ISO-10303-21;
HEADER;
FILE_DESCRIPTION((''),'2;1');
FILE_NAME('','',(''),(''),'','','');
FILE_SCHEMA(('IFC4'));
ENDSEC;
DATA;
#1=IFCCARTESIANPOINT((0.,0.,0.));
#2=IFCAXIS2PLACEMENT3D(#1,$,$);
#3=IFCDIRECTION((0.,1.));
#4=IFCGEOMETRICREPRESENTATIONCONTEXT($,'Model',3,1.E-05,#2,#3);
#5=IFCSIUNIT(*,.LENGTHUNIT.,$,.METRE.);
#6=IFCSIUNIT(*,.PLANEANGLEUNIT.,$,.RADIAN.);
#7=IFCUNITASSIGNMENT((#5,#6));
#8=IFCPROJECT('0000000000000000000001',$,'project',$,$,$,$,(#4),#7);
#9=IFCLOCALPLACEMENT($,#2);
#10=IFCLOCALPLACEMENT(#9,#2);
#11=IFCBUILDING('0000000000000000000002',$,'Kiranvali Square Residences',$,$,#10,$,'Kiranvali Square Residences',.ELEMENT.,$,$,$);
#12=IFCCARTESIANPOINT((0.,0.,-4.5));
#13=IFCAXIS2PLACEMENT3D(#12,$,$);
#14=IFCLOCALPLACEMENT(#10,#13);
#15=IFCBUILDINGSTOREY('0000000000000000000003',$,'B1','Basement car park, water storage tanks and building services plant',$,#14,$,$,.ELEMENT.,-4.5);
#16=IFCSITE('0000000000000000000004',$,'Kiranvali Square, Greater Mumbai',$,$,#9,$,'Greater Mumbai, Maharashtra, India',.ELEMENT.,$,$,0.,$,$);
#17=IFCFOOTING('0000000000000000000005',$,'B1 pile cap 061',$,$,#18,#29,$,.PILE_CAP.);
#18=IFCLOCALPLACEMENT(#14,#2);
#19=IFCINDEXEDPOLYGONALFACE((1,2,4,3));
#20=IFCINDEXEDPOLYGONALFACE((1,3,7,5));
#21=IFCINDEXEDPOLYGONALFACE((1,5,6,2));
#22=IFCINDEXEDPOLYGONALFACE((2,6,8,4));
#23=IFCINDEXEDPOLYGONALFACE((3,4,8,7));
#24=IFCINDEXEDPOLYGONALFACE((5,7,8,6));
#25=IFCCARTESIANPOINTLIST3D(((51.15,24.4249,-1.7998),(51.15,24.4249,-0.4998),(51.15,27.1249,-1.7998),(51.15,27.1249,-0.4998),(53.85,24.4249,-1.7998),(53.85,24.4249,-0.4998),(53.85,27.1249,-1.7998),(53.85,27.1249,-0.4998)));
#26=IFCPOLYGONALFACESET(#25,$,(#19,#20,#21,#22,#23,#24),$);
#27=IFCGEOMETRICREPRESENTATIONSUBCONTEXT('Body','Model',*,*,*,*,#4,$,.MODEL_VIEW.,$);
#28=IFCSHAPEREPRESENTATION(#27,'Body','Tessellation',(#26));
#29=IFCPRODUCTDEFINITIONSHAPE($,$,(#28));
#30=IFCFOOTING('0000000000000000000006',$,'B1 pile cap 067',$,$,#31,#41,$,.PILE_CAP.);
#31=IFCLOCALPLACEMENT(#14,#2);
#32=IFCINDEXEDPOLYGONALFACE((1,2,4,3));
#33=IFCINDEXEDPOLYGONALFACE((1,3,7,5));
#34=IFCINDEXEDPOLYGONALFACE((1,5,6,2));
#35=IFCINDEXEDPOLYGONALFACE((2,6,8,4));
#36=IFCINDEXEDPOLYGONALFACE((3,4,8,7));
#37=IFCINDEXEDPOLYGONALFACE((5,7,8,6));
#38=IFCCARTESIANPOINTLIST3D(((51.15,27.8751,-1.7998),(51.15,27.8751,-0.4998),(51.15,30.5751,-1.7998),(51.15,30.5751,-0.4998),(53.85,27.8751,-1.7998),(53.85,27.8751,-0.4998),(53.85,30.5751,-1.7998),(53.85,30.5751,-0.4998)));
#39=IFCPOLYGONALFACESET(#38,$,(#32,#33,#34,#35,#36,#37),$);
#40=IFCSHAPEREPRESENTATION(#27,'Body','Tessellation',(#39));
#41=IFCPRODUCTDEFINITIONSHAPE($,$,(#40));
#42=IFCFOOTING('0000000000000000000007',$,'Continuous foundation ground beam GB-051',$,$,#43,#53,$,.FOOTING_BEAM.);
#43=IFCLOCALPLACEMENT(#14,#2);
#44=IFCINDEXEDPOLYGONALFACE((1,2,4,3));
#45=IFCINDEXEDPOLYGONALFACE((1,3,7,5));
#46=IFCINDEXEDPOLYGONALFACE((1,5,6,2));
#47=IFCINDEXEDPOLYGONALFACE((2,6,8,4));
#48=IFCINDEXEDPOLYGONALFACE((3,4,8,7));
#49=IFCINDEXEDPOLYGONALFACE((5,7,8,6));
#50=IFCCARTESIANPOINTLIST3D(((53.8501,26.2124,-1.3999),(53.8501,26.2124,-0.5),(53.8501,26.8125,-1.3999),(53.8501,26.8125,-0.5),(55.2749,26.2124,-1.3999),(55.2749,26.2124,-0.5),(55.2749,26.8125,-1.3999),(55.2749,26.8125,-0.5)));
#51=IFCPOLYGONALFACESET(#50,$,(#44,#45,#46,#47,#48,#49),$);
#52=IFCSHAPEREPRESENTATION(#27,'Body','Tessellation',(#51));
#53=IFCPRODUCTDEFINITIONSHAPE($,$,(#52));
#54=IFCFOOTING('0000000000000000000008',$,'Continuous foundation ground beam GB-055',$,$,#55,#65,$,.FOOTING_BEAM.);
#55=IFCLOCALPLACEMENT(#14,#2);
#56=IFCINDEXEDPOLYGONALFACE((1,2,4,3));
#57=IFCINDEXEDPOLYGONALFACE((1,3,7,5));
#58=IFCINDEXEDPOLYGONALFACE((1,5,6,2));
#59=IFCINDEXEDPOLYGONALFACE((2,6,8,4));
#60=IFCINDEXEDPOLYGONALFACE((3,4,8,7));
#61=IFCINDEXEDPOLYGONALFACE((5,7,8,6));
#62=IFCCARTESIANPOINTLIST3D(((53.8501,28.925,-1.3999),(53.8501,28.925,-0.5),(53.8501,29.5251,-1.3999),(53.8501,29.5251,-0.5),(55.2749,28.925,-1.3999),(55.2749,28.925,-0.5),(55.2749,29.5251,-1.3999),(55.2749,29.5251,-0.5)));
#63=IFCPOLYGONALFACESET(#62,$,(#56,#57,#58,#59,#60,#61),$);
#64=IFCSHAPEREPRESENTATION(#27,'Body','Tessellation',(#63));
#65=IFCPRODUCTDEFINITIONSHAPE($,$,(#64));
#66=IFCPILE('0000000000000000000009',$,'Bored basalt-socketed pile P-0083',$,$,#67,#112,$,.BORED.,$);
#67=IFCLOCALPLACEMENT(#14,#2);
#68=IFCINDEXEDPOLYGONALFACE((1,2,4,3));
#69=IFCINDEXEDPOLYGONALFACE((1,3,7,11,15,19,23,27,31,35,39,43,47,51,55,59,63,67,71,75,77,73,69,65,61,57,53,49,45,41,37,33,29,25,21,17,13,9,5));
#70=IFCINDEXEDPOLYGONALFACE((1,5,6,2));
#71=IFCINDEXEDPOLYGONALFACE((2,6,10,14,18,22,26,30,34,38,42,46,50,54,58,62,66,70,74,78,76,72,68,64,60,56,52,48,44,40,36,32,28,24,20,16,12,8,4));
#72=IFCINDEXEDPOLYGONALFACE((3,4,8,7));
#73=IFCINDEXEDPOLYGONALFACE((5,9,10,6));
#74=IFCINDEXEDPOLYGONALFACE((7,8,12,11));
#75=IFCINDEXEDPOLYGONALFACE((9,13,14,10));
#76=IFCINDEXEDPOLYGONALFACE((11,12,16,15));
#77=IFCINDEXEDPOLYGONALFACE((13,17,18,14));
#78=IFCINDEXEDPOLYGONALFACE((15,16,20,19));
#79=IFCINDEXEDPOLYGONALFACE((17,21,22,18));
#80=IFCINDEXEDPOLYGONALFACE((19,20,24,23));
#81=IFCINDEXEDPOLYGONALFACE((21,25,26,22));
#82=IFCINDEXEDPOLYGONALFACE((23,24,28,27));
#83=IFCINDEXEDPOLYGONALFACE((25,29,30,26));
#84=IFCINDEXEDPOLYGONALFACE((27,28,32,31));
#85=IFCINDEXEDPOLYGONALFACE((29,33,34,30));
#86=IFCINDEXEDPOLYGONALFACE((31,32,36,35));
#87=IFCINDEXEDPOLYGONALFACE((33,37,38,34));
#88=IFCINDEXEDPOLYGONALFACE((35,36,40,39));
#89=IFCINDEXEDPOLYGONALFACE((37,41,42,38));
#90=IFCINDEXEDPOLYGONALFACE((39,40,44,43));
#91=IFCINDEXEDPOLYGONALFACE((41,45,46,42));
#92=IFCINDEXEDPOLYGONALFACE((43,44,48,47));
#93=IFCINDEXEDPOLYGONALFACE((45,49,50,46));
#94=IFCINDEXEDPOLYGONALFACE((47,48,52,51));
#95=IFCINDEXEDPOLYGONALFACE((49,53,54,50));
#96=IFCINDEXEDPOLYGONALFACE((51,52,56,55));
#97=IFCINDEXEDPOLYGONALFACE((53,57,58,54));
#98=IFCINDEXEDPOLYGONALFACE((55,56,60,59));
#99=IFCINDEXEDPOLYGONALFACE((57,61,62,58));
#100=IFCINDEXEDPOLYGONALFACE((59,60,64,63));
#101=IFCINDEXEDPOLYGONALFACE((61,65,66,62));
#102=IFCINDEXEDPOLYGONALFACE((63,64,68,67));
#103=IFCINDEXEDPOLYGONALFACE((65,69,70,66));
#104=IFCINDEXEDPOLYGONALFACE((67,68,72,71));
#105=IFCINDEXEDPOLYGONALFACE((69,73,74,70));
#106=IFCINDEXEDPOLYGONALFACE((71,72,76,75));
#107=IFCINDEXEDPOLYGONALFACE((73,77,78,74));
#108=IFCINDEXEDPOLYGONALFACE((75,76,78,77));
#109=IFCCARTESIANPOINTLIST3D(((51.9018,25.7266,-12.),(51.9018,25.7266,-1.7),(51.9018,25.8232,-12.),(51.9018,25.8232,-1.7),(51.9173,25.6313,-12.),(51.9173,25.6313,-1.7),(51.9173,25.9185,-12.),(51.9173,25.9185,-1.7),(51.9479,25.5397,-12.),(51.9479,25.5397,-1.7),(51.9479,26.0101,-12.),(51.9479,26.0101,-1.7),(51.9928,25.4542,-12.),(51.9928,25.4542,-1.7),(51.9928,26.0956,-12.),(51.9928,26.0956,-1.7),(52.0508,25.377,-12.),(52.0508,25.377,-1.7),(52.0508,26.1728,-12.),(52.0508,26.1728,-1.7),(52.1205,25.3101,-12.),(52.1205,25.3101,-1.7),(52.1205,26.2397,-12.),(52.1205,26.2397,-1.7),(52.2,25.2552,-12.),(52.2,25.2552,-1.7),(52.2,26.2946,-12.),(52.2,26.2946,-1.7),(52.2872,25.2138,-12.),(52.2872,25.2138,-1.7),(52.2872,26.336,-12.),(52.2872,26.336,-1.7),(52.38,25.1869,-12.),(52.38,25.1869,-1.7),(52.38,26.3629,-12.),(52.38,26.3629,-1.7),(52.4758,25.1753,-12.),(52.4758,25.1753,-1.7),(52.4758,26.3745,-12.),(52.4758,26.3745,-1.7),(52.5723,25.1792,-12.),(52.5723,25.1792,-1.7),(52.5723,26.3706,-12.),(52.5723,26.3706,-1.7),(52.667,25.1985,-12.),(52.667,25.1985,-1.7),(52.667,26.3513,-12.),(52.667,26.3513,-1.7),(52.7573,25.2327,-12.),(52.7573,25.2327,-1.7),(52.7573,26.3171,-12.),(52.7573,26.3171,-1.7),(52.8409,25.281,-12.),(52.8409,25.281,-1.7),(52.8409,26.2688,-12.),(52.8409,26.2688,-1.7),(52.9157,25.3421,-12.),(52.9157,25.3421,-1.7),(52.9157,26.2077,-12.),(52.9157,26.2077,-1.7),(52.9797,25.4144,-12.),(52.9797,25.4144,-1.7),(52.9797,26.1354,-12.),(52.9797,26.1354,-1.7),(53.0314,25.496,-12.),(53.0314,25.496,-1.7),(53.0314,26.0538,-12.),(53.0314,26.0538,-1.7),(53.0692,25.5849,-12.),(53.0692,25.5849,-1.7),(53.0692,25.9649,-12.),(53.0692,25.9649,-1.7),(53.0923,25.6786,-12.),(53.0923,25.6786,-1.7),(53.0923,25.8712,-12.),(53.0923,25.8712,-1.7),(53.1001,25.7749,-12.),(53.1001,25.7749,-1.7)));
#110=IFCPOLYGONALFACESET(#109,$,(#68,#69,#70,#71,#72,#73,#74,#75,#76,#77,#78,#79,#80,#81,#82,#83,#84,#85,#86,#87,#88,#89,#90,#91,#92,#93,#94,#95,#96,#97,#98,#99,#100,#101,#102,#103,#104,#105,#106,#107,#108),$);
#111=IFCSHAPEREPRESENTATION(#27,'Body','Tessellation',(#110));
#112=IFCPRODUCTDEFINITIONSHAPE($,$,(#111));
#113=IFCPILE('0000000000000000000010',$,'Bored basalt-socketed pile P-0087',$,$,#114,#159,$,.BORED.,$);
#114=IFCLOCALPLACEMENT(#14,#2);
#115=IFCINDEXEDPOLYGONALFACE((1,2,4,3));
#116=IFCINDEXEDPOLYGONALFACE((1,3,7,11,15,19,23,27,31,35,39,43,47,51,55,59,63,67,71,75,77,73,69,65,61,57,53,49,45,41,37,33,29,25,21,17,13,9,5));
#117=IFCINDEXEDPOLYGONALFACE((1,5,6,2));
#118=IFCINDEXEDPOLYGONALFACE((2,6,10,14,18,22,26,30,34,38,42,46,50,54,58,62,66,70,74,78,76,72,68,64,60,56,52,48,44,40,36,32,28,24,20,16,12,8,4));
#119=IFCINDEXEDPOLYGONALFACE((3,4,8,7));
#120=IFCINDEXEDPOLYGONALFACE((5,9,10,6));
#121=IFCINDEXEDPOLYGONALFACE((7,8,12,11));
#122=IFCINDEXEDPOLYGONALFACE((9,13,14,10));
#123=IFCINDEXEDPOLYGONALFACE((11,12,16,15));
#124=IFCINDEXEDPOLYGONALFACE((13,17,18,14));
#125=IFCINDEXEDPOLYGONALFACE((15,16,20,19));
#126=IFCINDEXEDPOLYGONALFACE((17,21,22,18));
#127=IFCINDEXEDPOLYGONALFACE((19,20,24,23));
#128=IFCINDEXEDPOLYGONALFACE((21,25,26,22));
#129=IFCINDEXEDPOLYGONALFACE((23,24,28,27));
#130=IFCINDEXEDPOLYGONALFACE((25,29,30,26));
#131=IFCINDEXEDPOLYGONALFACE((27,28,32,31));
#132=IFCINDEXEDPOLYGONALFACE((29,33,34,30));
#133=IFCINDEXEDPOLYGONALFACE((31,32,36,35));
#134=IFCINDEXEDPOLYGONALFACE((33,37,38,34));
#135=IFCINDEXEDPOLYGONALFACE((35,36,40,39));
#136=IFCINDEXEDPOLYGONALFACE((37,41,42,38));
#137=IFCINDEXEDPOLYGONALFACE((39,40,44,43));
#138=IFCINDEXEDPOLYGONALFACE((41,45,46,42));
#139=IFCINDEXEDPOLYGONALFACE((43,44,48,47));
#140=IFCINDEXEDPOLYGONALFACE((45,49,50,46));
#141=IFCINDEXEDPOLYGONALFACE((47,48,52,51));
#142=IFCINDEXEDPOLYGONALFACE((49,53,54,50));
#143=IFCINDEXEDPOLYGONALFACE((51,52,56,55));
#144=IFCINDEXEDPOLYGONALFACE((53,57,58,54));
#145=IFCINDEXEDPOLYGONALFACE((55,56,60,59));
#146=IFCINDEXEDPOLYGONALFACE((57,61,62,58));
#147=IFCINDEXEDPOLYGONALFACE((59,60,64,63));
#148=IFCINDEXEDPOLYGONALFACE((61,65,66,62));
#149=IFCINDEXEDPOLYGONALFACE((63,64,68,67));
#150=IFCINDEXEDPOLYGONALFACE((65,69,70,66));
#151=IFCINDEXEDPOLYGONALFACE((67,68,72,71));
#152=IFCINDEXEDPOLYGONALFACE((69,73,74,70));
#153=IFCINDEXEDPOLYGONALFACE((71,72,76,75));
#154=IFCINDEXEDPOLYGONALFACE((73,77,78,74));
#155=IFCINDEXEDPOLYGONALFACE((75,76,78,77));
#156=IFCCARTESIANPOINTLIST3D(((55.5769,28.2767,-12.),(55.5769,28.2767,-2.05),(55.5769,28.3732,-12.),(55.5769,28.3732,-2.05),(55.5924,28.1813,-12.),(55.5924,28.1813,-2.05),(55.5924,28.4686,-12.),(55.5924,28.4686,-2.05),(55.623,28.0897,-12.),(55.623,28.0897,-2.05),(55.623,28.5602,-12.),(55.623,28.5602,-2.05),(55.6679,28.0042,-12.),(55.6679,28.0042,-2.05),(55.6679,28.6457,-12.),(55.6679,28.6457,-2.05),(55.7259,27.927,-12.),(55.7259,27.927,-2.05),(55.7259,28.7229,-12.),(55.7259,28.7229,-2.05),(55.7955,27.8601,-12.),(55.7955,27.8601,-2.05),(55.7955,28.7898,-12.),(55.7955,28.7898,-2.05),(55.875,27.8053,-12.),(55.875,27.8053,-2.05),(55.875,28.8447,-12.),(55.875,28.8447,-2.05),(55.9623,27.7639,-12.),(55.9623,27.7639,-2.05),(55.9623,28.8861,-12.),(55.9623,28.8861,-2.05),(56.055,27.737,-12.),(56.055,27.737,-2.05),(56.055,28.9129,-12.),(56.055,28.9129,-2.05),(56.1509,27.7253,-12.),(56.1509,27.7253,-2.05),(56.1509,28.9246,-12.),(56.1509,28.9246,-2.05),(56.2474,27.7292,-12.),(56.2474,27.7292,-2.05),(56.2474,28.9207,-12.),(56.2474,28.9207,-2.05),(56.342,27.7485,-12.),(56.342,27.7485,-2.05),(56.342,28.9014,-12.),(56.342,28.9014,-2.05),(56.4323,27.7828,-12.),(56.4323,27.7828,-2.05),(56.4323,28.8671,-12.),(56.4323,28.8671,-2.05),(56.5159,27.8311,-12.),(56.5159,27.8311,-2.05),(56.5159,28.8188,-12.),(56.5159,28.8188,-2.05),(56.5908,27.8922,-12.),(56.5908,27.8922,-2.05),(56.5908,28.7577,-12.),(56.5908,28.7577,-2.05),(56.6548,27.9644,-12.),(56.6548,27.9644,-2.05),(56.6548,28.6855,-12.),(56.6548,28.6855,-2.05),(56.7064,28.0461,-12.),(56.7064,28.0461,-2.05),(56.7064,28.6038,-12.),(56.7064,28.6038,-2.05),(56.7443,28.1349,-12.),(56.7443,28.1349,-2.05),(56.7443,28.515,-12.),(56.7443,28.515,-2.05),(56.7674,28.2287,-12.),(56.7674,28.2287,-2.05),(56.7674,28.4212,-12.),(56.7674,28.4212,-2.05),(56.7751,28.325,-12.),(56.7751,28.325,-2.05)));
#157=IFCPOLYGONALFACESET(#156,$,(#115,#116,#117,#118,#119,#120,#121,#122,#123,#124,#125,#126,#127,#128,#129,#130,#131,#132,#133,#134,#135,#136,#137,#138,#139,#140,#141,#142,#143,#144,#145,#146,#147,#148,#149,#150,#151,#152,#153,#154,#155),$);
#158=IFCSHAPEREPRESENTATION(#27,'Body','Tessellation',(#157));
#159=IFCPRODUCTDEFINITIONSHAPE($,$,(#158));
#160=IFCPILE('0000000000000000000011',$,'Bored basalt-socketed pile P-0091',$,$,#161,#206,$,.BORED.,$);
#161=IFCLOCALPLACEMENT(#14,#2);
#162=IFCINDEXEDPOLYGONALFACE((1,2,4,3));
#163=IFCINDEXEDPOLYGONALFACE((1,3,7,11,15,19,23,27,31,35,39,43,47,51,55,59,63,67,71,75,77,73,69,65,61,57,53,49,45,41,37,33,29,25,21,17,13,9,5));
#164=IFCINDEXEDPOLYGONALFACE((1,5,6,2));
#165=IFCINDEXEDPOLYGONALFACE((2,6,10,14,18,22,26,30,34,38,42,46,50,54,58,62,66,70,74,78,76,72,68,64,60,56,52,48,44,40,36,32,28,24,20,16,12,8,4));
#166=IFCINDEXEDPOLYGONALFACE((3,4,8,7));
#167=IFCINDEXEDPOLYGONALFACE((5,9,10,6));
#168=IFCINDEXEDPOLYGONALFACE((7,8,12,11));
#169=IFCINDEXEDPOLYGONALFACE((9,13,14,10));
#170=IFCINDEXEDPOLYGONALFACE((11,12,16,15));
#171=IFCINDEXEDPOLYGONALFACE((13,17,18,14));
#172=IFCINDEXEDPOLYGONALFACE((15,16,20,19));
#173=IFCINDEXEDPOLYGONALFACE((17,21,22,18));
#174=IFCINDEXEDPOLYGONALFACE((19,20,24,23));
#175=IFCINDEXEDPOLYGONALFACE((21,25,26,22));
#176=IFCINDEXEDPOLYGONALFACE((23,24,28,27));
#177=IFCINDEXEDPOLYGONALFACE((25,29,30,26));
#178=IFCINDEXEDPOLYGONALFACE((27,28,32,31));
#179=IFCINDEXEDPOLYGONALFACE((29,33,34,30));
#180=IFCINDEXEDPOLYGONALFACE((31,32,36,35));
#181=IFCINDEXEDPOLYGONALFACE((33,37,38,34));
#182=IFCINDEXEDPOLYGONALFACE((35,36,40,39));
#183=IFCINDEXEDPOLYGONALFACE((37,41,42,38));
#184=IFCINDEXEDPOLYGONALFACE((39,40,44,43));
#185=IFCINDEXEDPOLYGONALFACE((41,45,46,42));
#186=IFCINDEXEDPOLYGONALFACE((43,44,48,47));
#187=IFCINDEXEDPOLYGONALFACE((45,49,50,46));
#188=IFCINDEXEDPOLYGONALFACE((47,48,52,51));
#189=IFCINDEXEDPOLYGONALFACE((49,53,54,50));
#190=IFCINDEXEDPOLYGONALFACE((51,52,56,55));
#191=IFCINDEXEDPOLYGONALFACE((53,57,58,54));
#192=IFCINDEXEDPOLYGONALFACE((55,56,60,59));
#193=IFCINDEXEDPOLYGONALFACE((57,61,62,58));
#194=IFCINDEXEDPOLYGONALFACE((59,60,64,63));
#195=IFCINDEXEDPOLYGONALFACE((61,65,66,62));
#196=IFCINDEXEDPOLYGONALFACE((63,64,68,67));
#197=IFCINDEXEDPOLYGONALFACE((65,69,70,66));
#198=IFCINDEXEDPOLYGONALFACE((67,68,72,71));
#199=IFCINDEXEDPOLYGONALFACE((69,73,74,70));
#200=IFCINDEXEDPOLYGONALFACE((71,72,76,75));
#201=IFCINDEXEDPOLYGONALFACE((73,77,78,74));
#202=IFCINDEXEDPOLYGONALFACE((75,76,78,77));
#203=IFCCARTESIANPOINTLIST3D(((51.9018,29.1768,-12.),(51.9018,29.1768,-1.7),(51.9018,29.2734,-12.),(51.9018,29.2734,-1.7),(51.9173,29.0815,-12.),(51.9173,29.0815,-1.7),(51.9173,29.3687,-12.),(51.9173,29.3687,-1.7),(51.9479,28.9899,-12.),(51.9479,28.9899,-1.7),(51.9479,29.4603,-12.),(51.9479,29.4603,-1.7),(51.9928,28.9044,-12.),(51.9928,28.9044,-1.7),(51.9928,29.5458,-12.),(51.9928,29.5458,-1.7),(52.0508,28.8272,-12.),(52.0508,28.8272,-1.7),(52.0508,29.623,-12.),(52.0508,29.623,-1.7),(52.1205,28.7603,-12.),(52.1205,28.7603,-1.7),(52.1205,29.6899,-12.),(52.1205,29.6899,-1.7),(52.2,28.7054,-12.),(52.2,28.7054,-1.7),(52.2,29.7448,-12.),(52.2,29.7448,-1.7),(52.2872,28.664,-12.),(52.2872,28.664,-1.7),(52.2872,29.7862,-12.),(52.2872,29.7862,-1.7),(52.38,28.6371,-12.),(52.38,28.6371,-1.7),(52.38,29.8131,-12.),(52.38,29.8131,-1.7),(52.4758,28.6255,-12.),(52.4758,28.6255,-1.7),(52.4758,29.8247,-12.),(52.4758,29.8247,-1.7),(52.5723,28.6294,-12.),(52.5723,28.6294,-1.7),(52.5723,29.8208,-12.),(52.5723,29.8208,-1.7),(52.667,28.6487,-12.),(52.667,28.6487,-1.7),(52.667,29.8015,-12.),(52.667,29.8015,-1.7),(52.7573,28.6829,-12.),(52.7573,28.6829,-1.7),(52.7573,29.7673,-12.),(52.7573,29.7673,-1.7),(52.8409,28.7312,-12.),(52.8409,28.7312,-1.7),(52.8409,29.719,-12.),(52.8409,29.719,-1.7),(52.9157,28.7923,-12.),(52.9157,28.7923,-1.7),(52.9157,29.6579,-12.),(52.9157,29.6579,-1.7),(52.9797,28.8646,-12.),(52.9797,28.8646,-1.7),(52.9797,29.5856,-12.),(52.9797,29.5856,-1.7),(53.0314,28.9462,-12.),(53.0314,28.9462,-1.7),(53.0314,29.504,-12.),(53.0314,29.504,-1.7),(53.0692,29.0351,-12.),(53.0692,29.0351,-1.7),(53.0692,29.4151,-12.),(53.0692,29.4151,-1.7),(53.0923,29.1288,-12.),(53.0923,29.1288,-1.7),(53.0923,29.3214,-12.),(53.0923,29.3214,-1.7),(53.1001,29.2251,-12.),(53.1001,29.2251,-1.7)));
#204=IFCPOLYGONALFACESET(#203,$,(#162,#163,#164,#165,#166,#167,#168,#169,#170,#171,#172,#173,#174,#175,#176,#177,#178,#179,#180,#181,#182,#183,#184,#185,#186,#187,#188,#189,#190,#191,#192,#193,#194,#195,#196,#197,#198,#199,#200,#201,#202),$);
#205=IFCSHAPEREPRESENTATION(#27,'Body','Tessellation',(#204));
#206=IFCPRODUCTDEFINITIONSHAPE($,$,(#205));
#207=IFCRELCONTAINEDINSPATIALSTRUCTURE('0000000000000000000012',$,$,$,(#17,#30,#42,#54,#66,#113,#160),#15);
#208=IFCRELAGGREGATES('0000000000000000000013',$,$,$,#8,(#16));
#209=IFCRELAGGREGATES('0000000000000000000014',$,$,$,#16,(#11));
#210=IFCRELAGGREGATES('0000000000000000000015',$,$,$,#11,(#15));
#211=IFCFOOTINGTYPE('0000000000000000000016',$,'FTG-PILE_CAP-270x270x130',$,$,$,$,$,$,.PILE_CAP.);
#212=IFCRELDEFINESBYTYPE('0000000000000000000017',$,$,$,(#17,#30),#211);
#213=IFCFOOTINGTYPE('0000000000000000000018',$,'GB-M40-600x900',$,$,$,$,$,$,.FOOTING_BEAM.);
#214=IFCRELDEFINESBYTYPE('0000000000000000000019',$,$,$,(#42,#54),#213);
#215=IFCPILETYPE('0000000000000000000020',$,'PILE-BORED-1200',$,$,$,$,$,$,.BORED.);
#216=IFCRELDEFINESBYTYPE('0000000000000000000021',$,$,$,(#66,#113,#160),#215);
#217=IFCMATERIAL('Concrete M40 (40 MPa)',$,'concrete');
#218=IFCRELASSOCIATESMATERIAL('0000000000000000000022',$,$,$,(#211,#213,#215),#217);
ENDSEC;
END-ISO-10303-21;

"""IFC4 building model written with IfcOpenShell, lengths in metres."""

from ifc_helpers import new_model, si_unit, direction, frame, origin, origin_2d, place, context, subcontext, project, spatial, rectangle, circle, extrude, material, material_profile, profile_set, type_object, element, save


model = new_model("IFC4")

# Units and contexts
model_context = context("Model", 3, precision=1e-05, world=origin(), true_north=direction((0.0, 1.0)))
body_context = subcontext(model_context, "Body", "Model", "MODEL_VIEW")
ifc_project = project(units=[si_unit("LENGTHUNIT", "METRE"), si_unit("PLANEANGLEUNIT", "RADIAN")], contexts=[model_context])

# Site, building, storey
site_placement = place(None, origin())
site = spatial("IfcSite", under=ifc_project, at=site_placement, Name="Kiranvali Square, Greater Mumbai", LongName="Greater Mumbai, Maharashtra, India", CompositionType="ELEMENT", RefElevation=0.0)
building_placement = place(site_placement, origin())
building = spatial("IfcBuilding", under=site, at=building_placement, Name="Kiranvali Square Residences", LongName="Kiranvali Square Residences", CompositionType="ELEMENT")
storey_placement = place(building_placement, frame((0.0, 0.0, -4.5)))
storey = spatial("IfcBuildingStorey", under=building, at=storey_placement, Name="B1", Description="Basement car park, water storage tanks and building services plant", CompositionType="ELEMENT", Elevation=-4.5)

# Footings
ifc_material_1 = material(Name="Concrete M40 (40 MPa)", Category="concrete")
footing_type_1 = type_object("IfcFootingType", Name="FTG-PILE_CAP-270x270x130", PredefinedType="PILE_CAP", material=ifc_material_1)
for number, where, z_axis, x_axis, name in (
    (1, (52.5, 25.7749, -1.7998), (0.0, 0.0, 1.0), (1.0, 0.0, 0.0), "B1 pile cap 061"),
    (2, (52.5, 29.2251, -1.7998), (0.0, 0.0, 1.0), (1.0, 0.0, 0.0), "B1 pile cap 067"),
):
    element("IfcFooting", number, at=place(storey_placement, frame(where, z_axis=z_axis, x_axis=x_axis)), inside=storey, type_object=footing_type_1, Name=name, PredefinedType="PILE_CAP", context=body_context, shape_type="SweptSolid", body=[
        extrude(rectangle(XDim=2.7, YDim=2.7, at=origin_2d()), origin(), (0.0, 0.0, 1.0), 1.3),
    ])
ifc_material_profile_1 = material_profile(ifc_material_1, rectangle(XDim=0.6001, YDim=0.8999, at=origin_2d()), Name="GB 600x900")
ifc_profile_set_1 = profile_set([ifc_material_profile_1], Name="Concrete M40 (40 MPa)")
footing_type_2 = type_object("IfcFootingType", Name="GB-M40-600x900", PredefinedType="FOOTING_BEAM", material=ifc_profile_set_1)
for number, where, z_axis, x_axis, name in (
    (3, (53.8501, 26.5125, -0.95), (1.0, 0.0, 0.0), (0.0, 1.0, 0.0), "Continuous foundation ground beam GB-051"),
    (4, (53.8501, 29.2251, -0.95), (1.0, 0.0, 0.0), (0.0, 1.0, 0.0), "Continuous foundation ground beam GB-055"),
):
    element("IfcFooting", number, at=place(storey_placement, frame(where, z_axis=z_axis, x_axis=x_axis)), inside=storey, type_object=footing_type_2, Name=name, PredefinedType="FOOTING_BEAM", context=body_context, shape_type="SweptSolid", body=[
        extrude(rectangle(XDim=0.6001, YDim=0.8999, at=origin_2d()), origin(), (0.0, 0.0, 1.0), 1.4248),
    ])

# Piles
ifc_material_profile_2 = material_profile(ifc_material_1, circle(Radius=0.6001, at=origin_2d()), Name="BORED PILE 1200")
ifc_profile_set_2 = profile_set([ifc_material_profile_2], Name="Concrete M40 (40 MPa)")
pile_type = type_object("IfcPileType", Name="PILE-BORED-1200", PredefinedType="BORED", material=ifc_profile_set_2)
pile_1_placement = place(storey_placement, frame((52.5, 25.7749, -1.7), z_axis=(0.0, 0.0, -1.0), x_axis=(1.0, 0.0, 0.0)))
element("IfcPile", 5, at=pile_1_placement, inside=storey, type_object=pile_type, Name="Bored basalt-socketed pile P-0083", PredefinedType="BORED", context=body_context, shape_type="SweptSolid", body=[
    extrude(circle(Radius=0.6001, at=origin_2d()), origin(), (0.0, 0.0, 1.0), 10.3),
])
pile_2_placement = place(storey_placement, frame((56.175, 28.325, -2.05), z_axis=(0.0, 0.0, -1.0), x_axis=(1.0, 0.0, 0.0)))
element("IfcPile", 6, at=pile_2_placement, inside=storey, type_object=pile_type, Name="Bored basalt-socketed pile P-0087", PredefinedType="BORED", context=body_context, shape_type="SweptSolid", body=[
    extrude(circle(Radius=0.6001, at=origin_2d()), origin(), (0.0, 0.0, 1.0), 9.95),
])
pile_3_placement = place(storey_placement, frame((52.5, 29.2251, -1.7), z_axis=(0.0, 0.0, -1.0), x_axis=(1.0, 0.0, 0.0)))
element("IfcPile", 7, at=pile_3_placement, inside=storey, type_object=pile_type, Name="Bored basalt-socketed pile P-0091", PredefinedType="BORED", context=body_context, shape_type="SweptSolid", body=[
    extrude(circle(Radius=0.6001, at=origin_2d()), origin(), (0.0, 0.0, 1.0), 10.3),
])

save(model, "model.ifc")
